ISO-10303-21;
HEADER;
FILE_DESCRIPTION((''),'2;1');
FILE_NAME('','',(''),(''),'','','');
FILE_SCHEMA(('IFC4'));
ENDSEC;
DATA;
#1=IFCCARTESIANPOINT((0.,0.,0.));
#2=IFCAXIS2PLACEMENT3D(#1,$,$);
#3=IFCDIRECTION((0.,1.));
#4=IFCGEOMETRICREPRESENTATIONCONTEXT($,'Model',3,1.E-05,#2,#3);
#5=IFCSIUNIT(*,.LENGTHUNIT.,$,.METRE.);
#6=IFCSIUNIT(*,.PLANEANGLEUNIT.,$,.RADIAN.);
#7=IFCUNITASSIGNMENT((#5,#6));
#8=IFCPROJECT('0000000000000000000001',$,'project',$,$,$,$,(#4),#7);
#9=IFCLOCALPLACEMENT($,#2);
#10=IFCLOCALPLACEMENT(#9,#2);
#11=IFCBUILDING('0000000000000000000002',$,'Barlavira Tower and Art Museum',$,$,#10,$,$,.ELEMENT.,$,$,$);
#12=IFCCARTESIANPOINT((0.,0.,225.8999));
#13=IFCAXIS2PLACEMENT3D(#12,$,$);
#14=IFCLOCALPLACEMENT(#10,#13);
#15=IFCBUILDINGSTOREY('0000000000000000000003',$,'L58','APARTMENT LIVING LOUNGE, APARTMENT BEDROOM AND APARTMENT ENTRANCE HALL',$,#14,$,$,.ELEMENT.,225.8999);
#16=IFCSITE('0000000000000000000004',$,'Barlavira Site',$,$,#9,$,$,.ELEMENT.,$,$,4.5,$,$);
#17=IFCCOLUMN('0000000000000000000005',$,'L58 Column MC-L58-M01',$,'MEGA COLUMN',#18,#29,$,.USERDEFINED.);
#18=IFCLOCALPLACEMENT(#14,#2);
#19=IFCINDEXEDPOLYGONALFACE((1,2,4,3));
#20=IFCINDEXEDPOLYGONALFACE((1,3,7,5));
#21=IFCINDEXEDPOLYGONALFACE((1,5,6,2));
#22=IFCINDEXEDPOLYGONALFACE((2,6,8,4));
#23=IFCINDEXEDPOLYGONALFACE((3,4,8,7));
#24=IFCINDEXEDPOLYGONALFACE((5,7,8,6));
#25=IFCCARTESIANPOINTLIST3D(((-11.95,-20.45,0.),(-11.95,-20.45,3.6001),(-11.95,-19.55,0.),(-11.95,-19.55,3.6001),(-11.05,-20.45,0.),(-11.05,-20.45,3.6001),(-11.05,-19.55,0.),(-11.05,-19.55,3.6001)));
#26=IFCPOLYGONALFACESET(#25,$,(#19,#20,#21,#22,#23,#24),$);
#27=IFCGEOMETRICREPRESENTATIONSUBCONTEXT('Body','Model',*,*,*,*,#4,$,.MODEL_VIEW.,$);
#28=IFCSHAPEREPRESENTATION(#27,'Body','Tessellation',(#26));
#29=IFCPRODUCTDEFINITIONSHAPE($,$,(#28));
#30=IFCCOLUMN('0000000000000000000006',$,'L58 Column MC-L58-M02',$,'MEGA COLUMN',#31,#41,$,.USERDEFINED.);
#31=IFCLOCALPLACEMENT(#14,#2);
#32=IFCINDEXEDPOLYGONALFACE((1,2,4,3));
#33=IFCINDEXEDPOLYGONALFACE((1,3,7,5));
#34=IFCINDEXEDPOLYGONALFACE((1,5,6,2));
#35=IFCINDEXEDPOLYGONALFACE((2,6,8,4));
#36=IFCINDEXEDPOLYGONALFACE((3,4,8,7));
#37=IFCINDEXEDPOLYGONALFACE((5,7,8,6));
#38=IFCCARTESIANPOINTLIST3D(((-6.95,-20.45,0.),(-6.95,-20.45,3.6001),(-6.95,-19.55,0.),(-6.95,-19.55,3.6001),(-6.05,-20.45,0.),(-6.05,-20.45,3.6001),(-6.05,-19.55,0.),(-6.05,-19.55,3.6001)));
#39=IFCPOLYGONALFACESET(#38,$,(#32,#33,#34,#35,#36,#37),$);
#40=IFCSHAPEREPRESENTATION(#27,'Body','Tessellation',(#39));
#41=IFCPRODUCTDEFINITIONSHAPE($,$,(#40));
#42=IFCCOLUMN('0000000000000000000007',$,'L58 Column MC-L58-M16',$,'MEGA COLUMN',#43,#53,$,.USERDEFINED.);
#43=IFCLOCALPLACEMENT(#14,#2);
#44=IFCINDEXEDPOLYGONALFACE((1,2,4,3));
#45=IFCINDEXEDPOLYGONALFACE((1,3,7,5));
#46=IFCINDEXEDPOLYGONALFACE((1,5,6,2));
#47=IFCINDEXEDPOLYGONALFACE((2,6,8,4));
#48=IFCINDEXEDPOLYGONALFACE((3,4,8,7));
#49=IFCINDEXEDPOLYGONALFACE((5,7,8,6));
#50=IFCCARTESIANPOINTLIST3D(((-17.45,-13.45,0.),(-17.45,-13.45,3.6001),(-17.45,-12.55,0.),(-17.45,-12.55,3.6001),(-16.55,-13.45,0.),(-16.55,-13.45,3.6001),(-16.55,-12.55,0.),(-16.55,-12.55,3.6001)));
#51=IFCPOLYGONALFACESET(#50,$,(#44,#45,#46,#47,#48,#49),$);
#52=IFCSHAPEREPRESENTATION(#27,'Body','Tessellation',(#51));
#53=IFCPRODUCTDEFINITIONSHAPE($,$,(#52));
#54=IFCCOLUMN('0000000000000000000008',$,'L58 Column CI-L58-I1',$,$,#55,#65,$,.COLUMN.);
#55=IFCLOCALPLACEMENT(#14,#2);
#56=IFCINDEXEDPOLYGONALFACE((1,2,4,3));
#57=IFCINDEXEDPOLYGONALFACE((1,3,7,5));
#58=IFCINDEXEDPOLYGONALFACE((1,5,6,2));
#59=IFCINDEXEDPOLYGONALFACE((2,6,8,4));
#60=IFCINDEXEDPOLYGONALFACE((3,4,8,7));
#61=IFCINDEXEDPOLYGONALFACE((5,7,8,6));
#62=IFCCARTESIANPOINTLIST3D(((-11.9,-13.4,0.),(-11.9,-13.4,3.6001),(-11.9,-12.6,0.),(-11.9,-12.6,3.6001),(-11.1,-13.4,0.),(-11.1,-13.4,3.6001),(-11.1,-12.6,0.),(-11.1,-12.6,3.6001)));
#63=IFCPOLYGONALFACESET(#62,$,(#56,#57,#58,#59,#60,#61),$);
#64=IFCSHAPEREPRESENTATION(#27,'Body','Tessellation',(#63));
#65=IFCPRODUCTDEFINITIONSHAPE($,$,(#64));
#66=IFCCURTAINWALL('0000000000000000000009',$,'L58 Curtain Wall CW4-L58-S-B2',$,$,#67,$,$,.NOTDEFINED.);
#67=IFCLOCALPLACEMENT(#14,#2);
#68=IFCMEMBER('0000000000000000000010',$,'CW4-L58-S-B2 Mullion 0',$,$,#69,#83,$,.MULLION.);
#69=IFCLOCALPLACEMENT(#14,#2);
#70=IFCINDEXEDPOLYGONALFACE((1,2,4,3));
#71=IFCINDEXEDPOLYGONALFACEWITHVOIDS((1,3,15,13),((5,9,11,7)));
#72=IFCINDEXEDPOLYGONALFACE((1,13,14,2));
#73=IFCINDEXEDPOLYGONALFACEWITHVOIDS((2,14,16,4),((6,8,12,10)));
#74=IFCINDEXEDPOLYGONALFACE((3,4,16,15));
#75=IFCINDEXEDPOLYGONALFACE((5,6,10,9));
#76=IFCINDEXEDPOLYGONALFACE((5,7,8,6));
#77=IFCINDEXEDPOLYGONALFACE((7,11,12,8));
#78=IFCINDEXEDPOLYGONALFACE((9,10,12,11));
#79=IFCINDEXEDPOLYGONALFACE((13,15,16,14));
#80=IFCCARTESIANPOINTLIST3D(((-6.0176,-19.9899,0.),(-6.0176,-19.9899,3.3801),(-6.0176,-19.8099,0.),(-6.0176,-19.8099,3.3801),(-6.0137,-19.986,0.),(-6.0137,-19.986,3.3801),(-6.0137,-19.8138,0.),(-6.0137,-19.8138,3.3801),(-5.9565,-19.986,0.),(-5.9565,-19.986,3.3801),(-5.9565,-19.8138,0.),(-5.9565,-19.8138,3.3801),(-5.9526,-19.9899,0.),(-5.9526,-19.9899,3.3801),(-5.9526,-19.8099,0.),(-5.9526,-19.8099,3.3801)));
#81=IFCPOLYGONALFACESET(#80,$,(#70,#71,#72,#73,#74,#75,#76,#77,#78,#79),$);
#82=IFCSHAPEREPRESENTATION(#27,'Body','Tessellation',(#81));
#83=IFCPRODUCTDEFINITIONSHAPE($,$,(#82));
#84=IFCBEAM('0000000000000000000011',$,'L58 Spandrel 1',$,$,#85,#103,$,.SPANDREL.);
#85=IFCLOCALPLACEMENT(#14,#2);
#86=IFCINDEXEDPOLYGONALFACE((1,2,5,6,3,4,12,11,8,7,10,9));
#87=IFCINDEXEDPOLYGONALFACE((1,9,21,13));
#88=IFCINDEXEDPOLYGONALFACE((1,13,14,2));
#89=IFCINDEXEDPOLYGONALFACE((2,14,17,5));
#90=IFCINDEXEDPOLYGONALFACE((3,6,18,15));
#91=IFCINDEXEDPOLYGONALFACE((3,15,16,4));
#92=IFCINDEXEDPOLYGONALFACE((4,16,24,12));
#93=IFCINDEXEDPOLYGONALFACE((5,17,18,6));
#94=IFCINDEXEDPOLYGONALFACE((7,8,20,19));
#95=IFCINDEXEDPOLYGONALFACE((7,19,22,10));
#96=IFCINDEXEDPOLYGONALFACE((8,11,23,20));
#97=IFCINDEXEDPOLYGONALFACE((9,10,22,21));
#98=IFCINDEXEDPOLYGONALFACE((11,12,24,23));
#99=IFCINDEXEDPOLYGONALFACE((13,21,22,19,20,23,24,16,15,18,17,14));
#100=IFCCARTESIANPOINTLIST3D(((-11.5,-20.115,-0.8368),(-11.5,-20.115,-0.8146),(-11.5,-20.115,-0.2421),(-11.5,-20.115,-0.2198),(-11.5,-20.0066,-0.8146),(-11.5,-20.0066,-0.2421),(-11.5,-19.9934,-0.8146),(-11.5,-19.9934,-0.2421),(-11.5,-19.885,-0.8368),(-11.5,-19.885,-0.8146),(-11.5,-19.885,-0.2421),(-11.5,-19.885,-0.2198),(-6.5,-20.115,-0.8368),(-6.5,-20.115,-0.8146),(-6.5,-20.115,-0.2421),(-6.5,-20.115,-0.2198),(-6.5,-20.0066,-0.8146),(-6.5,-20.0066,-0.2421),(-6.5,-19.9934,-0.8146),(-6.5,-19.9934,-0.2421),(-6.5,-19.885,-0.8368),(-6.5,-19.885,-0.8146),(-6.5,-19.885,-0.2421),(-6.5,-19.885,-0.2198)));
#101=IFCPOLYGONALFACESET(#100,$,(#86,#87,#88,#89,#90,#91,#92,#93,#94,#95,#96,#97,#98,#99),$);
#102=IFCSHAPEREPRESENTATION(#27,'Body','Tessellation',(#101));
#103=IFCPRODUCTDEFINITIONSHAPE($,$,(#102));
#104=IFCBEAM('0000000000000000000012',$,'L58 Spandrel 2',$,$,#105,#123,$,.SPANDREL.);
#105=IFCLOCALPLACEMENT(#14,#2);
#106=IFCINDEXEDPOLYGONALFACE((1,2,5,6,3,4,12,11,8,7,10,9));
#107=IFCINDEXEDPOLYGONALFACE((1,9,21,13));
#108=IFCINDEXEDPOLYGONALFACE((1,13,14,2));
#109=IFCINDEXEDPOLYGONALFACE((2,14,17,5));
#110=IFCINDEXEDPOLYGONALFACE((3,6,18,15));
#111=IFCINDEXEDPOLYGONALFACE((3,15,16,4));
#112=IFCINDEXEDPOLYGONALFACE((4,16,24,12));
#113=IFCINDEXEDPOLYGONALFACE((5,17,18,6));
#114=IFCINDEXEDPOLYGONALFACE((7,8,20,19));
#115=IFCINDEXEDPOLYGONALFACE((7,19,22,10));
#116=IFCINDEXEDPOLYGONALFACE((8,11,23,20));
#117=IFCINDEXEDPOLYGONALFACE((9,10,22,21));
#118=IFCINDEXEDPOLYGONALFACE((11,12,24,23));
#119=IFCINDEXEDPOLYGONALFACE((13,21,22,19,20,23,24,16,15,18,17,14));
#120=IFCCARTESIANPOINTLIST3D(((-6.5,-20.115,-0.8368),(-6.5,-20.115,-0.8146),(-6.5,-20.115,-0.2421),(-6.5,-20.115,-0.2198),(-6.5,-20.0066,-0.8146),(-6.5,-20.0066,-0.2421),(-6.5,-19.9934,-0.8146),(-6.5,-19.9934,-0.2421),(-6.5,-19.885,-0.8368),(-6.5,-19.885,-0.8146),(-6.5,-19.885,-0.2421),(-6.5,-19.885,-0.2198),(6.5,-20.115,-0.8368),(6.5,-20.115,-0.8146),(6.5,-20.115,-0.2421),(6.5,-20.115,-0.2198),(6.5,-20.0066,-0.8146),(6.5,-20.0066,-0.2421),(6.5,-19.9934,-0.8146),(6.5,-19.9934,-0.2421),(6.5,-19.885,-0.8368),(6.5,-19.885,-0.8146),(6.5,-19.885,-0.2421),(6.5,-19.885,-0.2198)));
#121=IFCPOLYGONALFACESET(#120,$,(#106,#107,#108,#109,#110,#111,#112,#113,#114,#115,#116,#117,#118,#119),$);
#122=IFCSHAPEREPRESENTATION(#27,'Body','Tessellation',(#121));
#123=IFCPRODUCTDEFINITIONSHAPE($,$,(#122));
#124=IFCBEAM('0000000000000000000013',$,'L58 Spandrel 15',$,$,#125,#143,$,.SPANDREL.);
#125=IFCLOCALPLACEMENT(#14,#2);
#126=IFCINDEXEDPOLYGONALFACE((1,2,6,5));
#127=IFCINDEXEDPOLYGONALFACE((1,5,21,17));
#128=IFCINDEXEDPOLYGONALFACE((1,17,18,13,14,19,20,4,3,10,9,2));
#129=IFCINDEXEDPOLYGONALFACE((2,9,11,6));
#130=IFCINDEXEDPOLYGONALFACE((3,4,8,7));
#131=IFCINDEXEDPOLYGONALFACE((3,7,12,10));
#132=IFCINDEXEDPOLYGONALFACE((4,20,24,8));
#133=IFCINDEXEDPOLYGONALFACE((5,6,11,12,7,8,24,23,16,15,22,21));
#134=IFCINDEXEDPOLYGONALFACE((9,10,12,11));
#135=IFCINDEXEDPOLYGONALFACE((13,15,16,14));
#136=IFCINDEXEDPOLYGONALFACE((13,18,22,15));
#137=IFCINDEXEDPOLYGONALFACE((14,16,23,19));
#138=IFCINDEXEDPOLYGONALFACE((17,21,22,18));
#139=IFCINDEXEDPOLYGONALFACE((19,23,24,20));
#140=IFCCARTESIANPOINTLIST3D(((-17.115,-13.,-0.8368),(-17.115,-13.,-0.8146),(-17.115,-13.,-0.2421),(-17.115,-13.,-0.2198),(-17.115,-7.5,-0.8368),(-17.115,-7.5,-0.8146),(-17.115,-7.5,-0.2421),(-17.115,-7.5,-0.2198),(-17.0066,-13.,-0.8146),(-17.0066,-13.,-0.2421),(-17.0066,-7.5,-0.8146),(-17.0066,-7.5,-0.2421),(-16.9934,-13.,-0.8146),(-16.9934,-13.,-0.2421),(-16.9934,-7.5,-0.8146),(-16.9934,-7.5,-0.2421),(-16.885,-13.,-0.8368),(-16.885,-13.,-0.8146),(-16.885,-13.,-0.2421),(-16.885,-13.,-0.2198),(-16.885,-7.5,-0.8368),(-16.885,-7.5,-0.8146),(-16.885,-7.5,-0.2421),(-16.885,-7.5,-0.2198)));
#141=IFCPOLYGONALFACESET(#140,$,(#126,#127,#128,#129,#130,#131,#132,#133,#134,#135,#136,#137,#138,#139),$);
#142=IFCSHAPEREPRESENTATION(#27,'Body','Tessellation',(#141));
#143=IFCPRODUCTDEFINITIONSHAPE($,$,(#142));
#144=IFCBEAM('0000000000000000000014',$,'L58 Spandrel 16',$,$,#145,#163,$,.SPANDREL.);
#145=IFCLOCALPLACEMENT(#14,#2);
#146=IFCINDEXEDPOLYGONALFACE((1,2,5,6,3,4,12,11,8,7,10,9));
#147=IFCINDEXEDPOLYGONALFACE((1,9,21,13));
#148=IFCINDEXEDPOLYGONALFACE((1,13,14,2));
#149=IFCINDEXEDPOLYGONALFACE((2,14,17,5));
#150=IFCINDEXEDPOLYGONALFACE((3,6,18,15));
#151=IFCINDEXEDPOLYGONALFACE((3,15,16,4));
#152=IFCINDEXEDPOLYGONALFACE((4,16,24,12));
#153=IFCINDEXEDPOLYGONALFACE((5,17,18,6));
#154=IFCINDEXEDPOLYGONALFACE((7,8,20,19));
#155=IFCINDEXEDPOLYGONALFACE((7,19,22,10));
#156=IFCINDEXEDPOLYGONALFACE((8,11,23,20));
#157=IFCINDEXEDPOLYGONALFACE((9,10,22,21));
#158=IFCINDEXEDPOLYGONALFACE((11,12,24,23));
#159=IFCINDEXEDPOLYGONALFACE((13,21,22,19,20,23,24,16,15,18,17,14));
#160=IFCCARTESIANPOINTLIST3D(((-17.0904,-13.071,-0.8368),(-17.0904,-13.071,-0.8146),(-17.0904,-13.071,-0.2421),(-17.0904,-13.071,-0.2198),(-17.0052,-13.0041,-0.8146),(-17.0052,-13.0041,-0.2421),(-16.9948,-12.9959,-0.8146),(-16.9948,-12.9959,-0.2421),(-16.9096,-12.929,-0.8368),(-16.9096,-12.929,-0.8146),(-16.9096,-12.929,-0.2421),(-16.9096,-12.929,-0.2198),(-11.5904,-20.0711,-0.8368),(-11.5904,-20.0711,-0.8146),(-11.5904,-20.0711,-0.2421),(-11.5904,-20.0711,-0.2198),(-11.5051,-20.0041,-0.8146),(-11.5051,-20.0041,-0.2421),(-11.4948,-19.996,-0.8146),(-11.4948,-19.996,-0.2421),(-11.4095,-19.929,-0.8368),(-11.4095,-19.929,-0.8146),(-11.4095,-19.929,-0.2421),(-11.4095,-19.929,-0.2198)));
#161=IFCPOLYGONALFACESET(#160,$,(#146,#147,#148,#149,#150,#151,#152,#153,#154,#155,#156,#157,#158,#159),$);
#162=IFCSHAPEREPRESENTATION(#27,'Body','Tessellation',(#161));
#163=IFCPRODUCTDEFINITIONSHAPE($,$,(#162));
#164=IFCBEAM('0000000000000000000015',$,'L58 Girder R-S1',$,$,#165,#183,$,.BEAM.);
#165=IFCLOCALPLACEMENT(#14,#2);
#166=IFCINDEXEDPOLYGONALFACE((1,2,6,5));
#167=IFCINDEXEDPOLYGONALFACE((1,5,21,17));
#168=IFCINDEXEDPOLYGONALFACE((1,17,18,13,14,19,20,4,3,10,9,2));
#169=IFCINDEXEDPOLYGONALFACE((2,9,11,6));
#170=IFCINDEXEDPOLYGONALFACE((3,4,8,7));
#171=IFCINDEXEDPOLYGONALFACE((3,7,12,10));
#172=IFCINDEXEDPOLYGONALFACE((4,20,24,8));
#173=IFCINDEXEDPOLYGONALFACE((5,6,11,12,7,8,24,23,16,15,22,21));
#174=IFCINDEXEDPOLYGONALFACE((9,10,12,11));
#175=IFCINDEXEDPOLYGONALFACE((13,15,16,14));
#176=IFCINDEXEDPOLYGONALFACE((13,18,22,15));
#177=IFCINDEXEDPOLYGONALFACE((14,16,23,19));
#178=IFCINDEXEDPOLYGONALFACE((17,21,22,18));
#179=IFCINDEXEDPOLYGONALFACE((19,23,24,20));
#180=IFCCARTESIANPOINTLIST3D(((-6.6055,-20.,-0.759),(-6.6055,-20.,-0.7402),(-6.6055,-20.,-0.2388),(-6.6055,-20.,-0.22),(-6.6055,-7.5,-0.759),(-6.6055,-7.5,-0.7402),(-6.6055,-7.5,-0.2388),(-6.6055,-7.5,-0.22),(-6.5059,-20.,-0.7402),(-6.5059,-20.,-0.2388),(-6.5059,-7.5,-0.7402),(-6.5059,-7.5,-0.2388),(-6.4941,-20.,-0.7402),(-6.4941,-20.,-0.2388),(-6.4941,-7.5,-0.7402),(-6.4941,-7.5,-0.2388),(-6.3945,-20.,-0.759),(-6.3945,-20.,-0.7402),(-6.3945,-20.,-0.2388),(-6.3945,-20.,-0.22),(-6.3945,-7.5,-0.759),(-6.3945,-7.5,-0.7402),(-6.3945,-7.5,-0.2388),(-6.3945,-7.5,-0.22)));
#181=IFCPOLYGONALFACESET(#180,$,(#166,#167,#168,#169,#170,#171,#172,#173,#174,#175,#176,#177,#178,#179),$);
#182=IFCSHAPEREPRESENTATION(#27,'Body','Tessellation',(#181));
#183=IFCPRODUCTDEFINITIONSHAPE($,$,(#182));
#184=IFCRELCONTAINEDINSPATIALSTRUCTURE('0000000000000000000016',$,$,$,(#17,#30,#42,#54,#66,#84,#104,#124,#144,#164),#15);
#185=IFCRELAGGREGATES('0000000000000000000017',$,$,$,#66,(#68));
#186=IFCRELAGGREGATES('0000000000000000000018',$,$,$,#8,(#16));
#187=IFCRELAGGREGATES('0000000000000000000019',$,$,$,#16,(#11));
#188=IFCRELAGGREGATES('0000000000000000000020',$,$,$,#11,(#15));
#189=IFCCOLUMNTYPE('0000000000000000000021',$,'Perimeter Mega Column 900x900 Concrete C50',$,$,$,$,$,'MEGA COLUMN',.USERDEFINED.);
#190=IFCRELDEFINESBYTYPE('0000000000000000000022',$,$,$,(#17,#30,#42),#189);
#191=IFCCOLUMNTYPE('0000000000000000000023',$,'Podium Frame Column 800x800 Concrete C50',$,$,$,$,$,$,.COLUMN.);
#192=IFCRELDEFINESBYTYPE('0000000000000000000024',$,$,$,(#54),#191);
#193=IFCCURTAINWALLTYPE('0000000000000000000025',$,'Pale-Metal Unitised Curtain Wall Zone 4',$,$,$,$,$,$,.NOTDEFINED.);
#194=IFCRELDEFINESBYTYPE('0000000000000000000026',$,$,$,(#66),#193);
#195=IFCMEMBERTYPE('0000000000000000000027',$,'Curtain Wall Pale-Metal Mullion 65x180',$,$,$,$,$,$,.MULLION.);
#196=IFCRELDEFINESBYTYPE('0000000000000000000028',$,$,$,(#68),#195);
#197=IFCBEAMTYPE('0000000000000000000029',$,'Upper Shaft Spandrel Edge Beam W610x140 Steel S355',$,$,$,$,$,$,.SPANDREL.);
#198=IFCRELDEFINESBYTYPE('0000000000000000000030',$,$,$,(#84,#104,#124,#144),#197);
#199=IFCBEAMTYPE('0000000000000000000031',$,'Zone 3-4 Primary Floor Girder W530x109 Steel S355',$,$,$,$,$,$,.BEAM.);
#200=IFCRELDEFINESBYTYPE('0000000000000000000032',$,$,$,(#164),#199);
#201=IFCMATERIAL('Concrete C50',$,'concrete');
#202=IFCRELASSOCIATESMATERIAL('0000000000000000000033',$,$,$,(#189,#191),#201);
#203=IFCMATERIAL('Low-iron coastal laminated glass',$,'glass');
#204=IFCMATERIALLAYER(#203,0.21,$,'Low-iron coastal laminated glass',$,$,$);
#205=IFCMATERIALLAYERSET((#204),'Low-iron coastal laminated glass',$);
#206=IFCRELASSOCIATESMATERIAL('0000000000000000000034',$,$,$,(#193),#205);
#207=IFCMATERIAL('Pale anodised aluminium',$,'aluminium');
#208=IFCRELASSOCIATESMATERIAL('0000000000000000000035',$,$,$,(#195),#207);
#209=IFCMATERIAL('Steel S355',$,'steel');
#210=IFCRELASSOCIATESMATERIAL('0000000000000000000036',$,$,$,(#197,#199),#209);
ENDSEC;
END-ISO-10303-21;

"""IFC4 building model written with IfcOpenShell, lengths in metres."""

from ifc_helpers import new_model, si_unit, direction, frame, origin, origin_2d, place, context, subcontext, project, spatial, rectangle, hollow_rectangle, i_section, extrude, material, layer, layer_set, material_profile, profile_set, type_object, element, aggregate, save


model = new_model("IFC4")

# Units and contexts
model_context = context("Model", 3, precision=1e-05, world=origin(), true_north=direction((0.0, 1.0)))
body_context = subcontext(model_context, "Body", "Model", "MODEL_VIEW")
ifc_project = project(units=[si_unit("LENGTHUNIT", "METRE"), si_unit("PLANEANGLEUNIT", "RADIAN")], contexts=[model_context])

# Site, building, storey
site_placement = place(None, origin())
site = spatial("IfcSite", under=ifc_project, at=site_placement, Name="Barlavira Site", CompositionType="ELEMENT", RefElevation=4.5)
building_placement = place(site_placement, origin())
building = spatial("IfcBuilding", under=site, at=building_placement, Name="Barlavira Tower and Art Museum", CompositionType="ELEMENT")
storey_placement = place(building_placement, frame((0.0, 0.0, 225.8999)))
storey = spatial("IfcBuildingStorey", under=building, at=storey_placement, Name="L58", Description="APARTMENT LIVING LOUNGE, APARTMENT BEDROOM AND APARTMENT ENTRANCE HALL", CompositionType="ELEMENT", Elevation=225.8999)

# Columns
ifc_material_1 = material(Name="Concrete C50", Category="concrete")
ifc_material_profile_1 = material_profile(ifc_material_1, rectangle(XDim=0.8999, YDim=0.8999, at=origin_2d()), Name="RC-COL 900x900")
ifc_profile_set_1 = profile_set([ifc_material_profile_1], Name="Concrete C50")
column_type_1 = type_object("IfcColumnType", Name="Perimeter Mega Column 900x900 Concrete C50", ElementType="MEGA COLUMN", PredefinedType="USERDEFINED", material=ifc_profile_set_1)
for number, where, z_axis, x_axis, name in (
    (1, (-11.5, -20.0, 0.0), (0.0, 0.0, 1.0), (1.0, 0.0, 0.0), "L58 Column MC-L58-M01"),
    (2, (-6.5, -20.0, 0.0), (0.0, 0.0, 1.0), (1.0, 0.0, 0.0), "L58 Column MC-L58-M02"),
    (3, (-17.0, -13.0, 0.0), (0.0, 0.0, 1.0), (1.0, 0.0, 0.0), "L58 Column MC-L58-M16"),
):
    element("IfcColumn", number, at=place(storey_placement, frame(where, z_axis=z_axis, x_axis=x_axis)), inside=storey, type_object=column_type_1, Name=name, ObjectType="MEGA COLUMN", PredefinedType="USERDEFINED", context=body_context, shape_type="SweptSolid", body=[
        extrude(rectangle(XDim=0.8999, YDim=0.8999, at=origin_2d()), origin(), (0.0, 0.0, 1.0), 3.6001),
    ])
ifc_material_profile_2 = material_profile(ifc_material_1, rectangle(XDim=0.8, YDim=0.8, at=origin_2d()), Name="RC-COL 800x800")
ifc_profile_set_2 = profile_set([ifc_material_profile_2], Name="Concrete C50")
column_type_2 = type_object("IfcColumnType", Name="Podium Frame Column 800x800 Concrete C50", PredefinedType="COLUMN", material=ifc_profile_set_2)
column_placement = place(storey_placement, frame((-11.5, -13.0, 0.0), z_axis=(0.0, 0.0, 1.0), x_axis=(1.0, 0.0, 0.0)))
element("IfcColumn", 4, at=column_placement, inside=storey, type_object=column_type_2, Name="L58 Column CI-L58-I1", PredefinedType="COLUMN", context=body_context, shape_type="SweptSolid", body=[
    extrude(rectangle(XDim=0.8, YDim=0.8, at=origin_2d()), origin(), (0.0, 0.0, 1.0), 3.6001),
])

# Curtain wall, member
ifc_material_2 = material(Name="Low-iron coastal laminated glass", Category="glass")
ifc_layer_1 = layer(ifc_material_2, 0.21, Name="Low-iron coastal laminated glass")
ifc_layer_set_1 = layer_set([ifc_layer_1], Name="Low-iron coastal laminated glass")
curtain_wall_type = type_object("IfcCurtainWallType", Name="Pale-Metal Unitised Curtain Wall Zone 4", PredefinedType="NOTDEFINED", material=ifc_layer_set_1)
curtain_wall_placement = place(storey_placement, origin())
curtain_wall = element("IfcCurtainWall", 5, at=curtain_wall_placement, inside=storey, type_object=curtain_wall_type, Name="L58 Curtain Wall CW4-L58-S-B2", PredefinedType="NOTDEFINED")
ifc_material_3 = material(Name="Pale anodised aluminium", Category="aluminium")
ifc_material_profile_3 = material_profile(ifc_material_3, hollow_rectangle(XDim=0.0649, YDim=0.1799, WallThickness=0.0039, at=origin_2d()), Name="ALU-MULL 65x180x4")
ifc_profile_set_3 = profile_set([ifc_material_profile_3], Name="Pale anodised aluminium")
member_type = type_object("IfcMemberType", Name="Curtain Wall Pale-Metal Mullion 65x180", PredefinedType="MULLION", material=ifc_profile_set_3)
member_placement = place(storey_placement, frame((-5.9851, -19.8999, 0.0), z_axis=(0.0, 0.0, 1.0), x_axis=(1.0, 0.0, 0.0)))
member = element("IfcMember", 6, at=member_placement, type_object=member_type, Name="CW4-L58-S-B2 Mullion 0", PredefinedType="MULLION", context=body_context, shape_type="SweptSolid", body=[
    extrude(hollow_rectangle(XDim=0.0649, YDim=0.1799, WallThickness=0.0039, at=origin_2d()), origin(), (0.0, 0.0, 1.0), 3.3801),
])
aggregate(curtain_wall, [member])

# Beams
ifc_material_4 = material(Name="Steel S355", Category="steel")
ifc_material_profile_4 = material_profile(ifc_material_4, i_section(OverallWidth=0.23, OverallDepth=0.6169, WebThickness=0.0132, FlangeThickness=0.0222, at=origin_2d()), Name="W610x140.0")
ifc_profile_set_4 = profile_set([ifc_material_profile_4], Name="Steel S355")
beam_type_1 = type_object("IfcBeamType", Name="Upper Shaft Spandrel Edge Beam W610x140 Steel S355", PredefinedType="SPANDREL", material=ifc_profile_set_4)
beam_1_placement = place(storey_placement, frame((-11.5, -20.0, -0.5283), z_axis=(1.0, 0.0, 0.0), x_axis=(0.0, 1.0, 0.0)))
element("IfcBeam", 7, at=beam_1_placement, inside=storey, type_object=beam_type_1, Name="L58 Spandrel 1", PredefinedType="SPANDREL", context=body_context, shape_type="SweptSolid", body=[
    extrude(i_section(OverallWidth=0.23, OverallDepth=0.6169, WebThickness=0.0132, FlangeThickness=0.0222, at=origin_2d()), origin(), (0.0, 0.0, 1.0), 5.0),
])
beam_2_placement = place(storey_placement, frame((-6.5, -20.0, -0.5283), z_axis=(1.0, 0.0, 0.0), x_axis=(0.0, 1.0, 0.0)))
element("IfcBeam", 8, at=beam_2_placement, inside=storey, type_object=beam_type_1, Name="L58 Spandrel 2", PredefinedType="SPANDREL", context=body_context, shape_type="SweptSolid", body=[
    extrude(i_section(OverallWidth=0.23, OverallDepth=0.6169, WebThickness=0.0132, FlangeThickness=0.0222, at=origin_2d()), origin(), (0.0, 0.0, 1.0), 13.0),
])
beam_3_placement = place(storey_placement, frame((-17.0, -13.0, -0.5283), z_axis=(0.0, 1.0, 0.0), x_axis=(-1.0, 0.0, 0.0)))
element("IfcBeam", 9, at=beam_3_placement, inside=storey, type_object=beam_type_1, Name="L58 Spandrel 15", PredefinedType="SPANDREL", context=body_context, shape_type="SweptSolid", body=[
    extrude(i_section(OverallWidth=0.23, OverallDepth=0.6169, WebThickness=0.0132, FlangeThickness=0.0222, at=origin_2d()), origin(), (0.0, 0.0, 1.0), 5.5),
])
beam_4_placement = place(storey_placement, frame((-17.0, -13.0, -0.5283), z_axis=(0.617822, -0.786318, 0.0), x_axis=(0.786318, 0.617822, 0.0)))
element("IfcBeam", 10, at=beam_4_placement, inside=storey, type_object=beam_type_1, Name="L58 Spandrel 16", PredefinedType="SPANDREL", context=body_context, shape_type="SweptSolid", body=[
    extrude(i_section(OverallWidth=0.23, OverallDepth=0.6169, WebThickness=0.0132, FlangeThickness=0.0222, at=origin_2d()), origin(), (0.0, 0.0, 1.0), 8.9023),
])
ifc_material_profile_5 = material_profile(ifc_material_4, i_section(OverallWidth=0.2109, OverallDepth=0.5391, WebThickness=0.0117, FlangeThickness=0.0188, at=origin_2d()), Name="W530x109.0")
ifc_profile_set_5 = profile_set([ifc_material_profile_5], Name="Steel S355")
beam_type_2 = type_object("IfcBeamType", Name="Zone 3-4 Primary Floor Girder W530x109 Steel S355", PredefinedType="BEAM", material=ifc_profile_set_5)
beam_5_placement = place(storey_placement, frame((-6.5, -20.0, -0.4895), z_axis=(0.0, 1.0, 0.0), x_axis=(-1.0, 0.0, 0.0)))
element("IfcBeam", 11, at=beam_5_placement, inside=storey, type_object=beam_type_2, Name="L58 Girder R-S1", PredefinedType="BEAM", context=body_context, shape_type="SweptSolid", body=[
    extrude(i_section(OverallWidth=0.2109, OverallDepth=0.5391, WebThickness=0.0117, FlangeThickness=0.0188, at=origin_2d()), origin(), (0.0, 0.0, 1.0), 12.5),
])

save(model, "model.ifc")
